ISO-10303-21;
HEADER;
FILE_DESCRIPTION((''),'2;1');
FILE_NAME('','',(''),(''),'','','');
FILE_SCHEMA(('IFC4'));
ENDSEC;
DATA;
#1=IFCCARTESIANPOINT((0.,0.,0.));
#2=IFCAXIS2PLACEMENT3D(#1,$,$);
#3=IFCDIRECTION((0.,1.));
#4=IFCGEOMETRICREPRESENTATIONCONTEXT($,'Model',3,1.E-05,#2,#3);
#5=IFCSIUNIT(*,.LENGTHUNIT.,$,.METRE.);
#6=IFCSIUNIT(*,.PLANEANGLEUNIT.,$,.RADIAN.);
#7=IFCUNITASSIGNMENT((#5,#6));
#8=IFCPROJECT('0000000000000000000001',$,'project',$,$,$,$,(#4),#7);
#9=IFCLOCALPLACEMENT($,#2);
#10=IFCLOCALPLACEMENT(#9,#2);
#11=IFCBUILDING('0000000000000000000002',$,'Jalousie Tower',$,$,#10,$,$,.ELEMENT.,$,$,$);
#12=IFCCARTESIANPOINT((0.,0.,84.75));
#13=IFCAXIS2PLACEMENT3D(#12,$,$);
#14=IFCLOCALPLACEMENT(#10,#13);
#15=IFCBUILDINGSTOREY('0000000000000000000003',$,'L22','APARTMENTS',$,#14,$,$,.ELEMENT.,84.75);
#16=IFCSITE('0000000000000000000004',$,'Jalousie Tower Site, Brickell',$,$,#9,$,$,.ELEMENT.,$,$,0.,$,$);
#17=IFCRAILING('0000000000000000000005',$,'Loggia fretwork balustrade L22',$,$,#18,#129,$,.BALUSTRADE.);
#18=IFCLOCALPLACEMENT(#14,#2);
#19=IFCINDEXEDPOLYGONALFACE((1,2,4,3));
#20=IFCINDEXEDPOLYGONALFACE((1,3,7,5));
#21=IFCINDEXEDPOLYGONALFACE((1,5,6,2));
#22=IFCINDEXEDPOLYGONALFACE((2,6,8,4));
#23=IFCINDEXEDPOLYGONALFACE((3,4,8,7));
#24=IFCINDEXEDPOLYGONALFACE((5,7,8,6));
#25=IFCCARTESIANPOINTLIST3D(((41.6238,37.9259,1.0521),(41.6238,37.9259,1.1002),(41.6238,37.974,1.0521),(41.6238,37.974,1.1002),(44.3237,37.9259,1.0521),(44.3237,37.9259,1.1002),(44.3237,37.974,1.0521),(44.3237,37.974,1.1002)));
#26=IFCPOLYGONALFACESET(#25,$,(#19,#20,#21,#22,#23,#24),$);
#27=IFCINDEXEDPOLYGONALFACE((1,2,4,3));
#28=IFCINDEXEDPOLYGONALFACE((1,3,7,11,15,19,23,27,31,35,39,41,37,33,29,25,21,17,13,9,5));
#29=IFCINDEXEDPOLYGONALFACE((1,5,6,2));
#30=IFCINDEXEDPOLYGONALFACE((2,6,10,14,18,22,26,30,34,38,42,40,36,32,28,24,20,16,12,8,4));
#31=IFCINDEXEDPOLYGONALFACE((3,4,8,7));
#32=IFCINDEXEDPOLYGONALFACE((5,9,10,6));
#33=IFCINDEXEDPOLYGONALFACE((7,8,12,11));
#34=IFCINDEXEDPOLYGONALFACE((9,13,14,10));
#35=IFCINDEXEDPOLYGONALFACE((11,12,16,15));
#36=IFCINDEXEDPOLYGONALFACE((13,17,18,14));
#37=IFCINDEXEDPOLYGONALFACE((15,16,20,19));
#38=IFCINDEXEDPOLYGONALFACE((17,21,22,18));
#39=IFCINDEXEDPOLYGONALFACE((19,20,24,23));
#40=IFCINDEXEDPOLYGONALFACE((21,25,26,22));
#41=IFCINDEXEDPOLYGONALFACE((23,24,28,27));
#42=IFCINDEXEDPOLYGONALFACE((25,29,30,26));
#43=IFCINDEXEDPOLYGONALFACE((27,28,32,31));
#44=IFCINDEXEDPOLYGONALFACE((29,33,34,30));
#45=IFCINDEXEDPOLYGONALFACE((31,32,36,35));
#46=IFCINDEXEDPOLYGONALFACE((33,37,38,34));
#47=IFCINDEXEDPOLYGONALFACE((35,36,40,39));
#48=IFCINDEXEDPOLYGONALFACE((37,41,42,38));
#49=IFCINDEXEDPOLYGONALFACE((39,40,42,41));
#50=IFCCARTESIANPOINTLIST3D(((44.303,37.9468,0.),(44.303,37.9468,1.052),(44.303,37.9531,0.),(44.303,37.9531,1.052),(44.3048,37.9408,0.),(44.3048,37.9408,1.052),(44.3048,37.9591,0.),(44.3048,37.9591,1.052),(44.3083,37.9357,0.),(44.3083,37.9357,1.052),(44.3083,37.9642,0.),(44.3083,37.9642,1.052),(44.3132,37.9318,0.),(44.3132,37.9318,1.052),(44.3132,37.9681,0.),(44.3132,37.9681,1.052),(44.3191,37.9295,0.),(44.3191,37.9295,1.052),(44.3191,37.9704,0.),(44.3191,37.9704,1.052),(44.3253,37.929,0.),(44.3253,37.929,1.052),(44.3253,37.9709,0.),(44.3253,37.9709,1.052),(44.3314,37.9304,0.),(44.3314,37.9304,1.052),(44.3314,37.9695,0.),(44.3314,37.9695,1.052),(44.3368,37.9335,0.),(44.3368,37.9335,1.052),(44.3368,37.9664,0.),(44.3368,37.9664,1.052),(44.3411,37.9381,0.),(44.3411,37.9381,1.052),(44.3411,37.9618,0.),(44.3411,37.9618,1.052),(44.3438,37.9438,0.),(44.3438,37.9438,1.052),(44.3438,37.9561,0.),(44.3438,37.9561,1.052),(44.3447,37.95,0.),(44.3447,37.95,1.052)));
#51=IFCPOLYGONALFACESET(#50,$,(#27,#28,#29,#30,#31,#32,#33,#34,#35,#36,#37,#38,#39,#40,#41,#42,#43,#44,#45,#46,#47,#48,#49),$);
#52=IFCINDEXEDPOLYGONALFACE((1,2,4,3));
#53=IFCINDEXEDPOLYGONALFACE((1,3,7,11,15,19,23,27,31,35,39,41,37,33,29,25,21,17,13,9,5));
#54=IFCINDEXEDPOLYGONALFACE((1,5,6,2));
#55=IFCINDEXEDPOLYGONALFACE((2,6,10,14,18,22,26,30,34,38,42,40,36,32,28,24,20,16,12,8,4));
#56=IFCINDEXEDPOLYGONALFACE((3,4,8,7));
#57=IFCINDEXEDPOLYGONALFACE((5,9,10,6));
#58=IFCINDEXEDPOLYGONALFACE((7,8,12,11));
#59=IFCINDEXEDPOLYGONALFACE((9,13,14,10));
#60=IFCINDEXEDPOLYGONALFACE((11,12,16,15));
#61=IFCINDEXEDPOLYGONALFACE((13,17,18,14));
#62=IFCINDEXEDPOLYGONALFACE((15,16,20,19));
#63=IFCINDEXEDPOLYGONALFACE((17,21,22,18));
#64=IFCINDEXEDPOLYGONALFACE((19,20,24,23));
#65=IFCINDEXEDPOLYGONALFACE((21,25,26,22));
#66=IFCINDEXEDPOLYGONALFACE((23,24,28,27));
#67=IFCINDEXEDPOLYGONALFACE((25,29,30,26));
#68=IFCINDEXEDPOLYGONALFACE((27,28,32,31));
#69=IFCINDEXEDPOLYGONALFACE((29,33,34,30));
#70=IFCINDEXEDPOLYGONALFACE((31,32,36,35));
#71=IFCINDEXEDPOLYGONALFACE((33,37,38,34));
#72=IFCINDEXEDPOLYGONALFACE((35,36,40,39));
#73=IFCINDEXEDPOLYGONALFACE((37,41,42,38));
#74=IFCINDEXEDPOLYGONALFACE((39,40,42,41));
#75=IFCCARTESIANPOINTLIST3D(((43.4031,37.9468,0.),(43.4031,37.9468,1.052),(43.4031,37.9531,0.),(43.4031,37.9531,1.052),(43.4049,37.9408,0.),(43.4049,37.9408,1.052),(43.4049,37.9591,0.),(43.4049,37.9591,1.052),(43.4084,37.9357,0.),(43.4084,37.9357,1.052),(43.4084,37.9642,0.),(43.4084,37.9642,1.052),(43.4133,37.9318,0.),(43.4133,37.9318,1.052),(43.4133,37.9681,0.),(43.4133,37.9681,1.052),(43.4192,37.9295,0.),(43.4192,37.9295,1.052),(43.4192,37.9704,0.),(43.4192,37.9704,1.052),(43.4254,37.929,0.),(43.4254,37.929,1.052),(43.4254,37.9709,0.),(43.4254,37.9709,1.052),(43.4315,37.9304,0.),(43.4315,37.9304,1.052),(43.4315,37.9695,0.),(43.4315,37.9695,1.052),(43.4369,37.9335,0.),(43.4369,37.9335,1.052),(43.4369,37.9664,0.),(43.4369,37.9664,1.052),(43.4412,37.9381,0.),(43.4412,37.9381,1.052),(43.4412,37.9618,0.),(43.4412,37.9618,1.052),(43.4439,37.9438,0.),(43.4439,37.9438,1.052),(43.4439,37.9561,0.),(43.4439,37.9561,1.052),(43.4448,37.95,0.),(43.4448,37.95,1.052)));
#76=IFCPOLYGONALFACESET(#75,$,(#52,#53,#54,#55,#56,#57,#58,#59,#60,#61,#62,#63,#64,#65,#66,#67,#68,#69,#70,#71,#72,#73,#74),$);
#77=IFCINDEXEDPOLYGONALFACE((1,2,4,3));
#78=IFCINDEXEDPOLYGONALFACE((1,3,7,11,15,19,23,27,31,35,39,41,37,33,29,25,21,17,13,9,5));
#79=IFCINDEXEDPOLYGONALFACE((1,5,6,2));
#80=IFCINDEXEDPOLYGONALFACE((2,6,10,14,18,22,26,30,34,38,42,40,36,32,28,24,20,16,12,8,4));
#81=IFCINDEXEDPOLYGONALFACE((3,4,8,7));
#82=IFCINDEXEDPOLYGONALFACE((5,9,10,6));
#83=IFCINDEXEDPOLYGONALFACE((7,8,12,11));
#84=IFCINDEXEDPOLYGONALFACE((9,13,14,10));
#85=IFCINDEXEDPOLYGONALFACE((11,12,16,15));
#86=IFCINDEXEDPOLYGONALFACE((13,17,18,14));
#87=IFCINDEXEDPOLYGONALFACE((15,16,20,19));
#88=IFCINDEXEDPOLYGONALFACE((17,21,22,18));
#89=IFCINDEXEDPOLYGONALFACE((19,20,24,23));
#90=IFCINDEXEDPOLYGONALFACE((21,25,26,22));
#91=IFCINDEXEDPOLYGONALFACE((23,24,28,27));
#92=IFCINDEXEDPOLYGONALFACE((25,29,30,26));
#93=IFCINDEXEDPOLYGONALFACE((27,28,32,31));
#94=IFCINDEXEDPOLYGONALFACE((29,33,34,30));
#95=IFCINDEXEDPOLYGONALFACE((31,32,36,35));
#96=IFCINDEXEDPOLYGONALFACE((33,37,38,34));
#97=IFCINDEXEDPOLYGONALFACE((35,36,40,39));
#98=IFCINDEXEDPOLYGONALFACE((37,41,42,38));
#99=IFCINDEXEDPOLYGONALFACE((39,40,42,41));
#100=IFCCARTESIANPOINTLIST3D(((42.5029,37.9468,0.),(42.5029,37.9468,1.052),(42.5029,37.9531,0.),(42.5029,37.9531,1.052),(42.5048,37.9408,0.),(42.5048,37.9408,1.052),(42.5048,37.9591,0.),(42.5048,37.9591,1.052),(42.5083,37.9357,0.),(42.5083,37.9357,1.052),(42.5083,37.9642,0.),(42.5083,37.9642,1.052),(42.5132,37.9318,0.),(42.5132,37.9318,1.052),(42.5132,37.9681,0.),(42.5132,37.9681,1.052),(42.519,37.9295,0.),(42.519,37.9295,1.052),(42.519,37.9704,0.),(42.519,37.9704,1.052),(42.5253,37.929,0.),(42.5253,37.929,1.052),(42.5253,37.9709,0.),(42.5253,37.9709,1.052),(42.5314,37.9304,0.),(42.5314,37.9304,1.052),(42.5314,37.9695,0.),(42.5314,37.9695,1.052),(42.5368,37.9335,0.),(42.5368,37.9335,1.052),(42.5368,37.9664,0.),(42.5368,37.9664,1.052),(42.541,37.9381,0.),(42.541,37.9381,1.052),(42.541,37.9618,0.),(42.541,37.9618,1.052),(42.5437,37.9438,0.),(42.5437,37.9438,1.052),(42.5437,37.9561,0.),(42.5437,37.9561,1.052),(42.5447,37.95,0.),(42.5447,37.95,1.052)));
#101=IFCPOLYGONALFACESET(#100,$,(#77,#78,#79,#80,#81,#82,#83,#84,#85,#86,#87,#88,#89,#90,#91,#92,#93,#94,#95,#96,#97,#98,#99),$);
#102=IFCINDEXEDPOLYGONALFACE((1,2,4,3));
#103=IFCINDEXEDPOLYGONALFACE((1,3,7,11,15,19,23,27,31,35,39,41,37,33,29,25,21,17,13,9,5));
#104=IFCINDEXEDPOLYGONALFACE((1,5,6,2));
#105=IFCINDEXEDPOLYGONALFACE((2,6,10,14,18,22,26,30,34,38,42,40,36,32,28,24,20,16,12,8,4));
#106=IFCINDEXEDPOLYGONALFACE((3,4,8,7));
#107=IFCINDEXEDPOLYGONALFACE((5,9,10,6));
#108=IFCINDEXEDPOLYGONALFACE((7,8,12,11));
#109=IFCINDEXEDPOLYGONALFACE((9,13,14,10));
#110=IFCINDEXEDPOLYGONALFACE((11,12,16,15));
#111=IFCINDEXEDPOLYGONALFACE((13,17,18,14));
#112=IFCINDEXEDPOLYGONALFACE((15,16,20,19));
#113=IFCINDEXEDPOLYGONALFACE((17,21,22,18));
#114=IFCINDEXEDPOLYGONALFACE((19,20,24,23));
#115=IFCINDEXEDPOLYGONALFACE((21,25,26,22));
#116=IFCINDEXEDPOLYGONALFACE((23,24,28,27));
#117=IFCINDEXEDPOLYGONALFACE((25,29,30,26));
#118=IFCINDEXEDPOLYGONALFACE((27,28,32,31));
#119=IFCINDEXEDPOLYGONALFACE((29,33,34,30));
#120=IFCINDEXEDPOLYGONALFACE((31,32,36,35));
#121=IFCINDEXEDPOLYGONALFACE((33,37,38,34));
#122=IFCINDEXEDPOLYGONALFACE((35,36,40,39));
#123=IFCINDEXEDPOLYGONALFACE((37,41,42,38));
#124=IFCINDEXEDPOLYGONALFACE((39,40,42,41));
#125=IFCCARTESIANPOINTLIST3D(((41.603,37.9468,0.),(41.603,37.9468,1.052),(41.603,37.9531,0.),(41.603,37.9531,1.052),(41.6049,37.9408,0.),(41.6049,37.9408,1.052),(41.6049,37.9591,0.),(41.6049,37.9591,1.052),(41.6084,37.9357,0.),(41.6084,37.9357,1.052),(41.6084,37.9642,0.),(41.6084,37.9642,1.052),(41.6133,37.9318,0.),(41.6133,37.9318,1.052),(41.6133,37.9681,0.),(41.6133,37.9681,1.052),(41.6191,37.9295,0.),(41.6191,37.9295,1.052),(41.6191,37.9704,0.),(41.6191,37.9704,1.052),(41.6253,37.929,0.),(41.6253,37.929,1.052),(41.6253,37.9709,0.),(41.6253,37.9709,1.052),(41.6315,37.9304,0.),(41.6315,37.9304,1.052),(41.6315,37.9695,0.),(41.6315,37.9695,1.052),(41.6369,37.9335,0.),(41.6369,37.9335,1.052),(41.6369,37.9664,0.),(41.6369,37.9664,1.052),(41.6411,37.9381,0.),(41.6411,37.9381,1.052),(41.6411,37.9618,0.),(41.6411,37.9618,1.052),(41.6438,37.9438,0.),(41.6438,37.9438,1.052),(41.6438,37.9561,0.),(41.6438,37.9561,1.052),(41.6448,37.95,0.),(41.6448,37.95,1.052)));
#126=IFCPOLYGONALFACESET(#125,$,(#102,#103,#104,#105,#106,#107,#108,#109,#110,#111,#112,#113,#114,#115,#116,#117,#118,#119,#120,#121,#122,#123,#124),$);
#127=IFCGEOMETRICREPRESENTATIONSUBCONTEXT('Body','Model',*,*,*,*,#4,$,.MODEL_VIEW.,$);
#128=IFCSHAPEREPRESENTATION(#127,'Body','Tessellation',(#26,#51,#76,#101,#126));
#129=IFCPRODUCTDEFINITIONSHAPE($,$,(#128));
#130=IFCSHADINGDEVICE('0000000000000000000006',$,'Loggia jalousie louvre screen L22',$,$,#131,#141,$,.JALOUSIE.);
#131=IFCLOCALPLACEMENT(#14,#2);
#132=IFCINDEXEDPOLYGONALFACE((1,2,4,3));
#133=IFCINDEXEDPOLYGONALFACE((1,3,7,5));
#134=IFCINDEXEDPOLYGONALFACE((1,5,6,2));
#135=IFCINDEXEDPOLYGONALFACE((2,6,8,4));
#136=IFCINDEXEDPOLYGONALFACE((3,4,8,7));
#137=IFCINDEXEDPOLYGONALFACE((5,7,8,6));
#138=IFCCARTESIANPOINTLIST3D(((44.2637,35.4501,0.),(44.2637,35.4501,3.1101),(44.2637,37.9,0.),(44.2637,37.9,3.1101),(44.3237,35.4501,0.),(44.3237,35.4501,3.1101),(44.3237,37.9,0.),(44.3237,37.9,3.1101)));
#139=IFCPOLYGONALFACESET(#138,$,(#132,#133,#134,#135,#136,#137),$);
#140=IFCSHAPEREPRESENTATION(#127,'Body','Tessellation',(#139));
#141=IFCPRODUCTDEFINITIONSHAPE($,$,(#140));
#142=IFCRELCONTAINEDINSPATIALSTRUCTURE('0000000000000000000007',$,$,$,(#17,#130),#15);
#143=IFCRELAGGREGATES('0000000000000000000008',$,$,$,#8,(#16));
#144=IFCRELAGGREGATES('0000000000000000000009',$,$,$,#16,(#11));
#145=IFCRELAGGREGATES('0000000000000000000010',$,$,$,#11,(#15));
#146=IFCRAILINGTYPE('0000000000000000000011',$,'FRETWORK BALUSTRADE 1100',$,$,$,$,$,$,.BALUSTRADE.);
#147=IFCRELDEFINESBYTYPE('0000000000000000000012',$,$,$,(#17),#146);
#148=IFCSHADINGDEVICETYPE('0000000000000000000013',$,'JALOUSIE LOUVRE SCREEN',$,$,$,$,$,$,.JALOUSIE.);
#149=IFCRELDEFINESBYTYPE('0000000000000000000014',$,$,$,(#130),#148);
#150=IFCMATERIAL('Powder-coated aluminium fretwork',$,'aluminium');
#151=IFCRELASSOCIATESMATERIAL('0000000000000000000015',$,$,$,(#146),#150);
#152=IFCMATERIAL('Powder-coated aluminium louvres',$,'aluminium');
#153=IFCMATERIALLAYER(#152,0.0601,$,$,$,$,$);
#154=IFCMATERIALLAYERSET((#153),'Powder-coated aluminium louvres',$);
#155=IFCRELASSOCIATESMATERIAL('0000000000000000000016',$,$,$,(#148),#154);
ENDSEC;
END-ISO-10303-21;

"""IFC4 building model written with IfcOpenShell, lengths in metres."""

from ifc_helpers import new_model, si_unit, direction, frame, origin, origin_2d, place, context, subcontext, project, spatial, rectangle, circle, extrude, material, layer, layer_set, type_object, element, save


model = new_model("IFC4")

# Units and contexts
model_context = context("Model", 3, precision=1e-05, world=origin(), true_north=direction((0.0, 1.0)))
body_context = subcontext(model_context, "Body", "Model", "MODEL_VIEW")
ifc_project = project(units=[si_unit("LENGTHUNIT", "METRE"), si_unit("PLANEANGLEUNIT", "RADIAN")], contexts=[model_context])

# Site, building, storey
site_placement = place(None, origin())
site = spatial("IfcSite", under=ifc_project, at=site_placement, Name="Jalousie Tower Site, Brickell", CompositionType="ELEMENT", RefElevation=0.0)
building_placement = place(site_placement, origin())
building = spatial("IfcBuilding", under=site, at=building_placement, Name="Jalousie Tower", CompositionType="ELEMENT")
storey_placement = place(building_placement, frame((0.0, 0.0, 84.75)))
storey = spatial("IfcBuildingStorey", under=building, at=storey_placement, Name="L22", Description="APARTMENTS", CompositionType="ELEMENT", Elevation=84.75)

# Railing
ifc_material_1 = material(Name="Powder-coated aluminium fretwork", Category="aluminium")
railing_type = type_object("IfcRailingType", Name="FRETWORK BALUSTRADE 1100", PredefinedType="BALUSTRADE", material=ifc_material_1)
railing_placement = place(storey_placement, frame((44.3237, 37.95, 0.0)))
element("IfcRailing", 1, at=railing_placement, inside=storey, type_object=railing_type, Name="Loggia fretwork balustrade L22", PredefinedType="BALUSTRADE", context=body_context, shape_type="SweptSolid", body=[
    extrude(rectangle(XDim=0.0481, YDim=0.0481, at=origin_2d()), frame((0.0, 0.0, 1.0762), z_axis=(-1.0, 0.0, 0.0), x_axis=(0.0, -1.0, 0.0)), (0.0, 0.0, 1.0), 2.7),
    extrude(circle(Radius=0.021, at=origin_2d()), origin(), (0.0, 0.0, 1.0), 1.052),
    extrude(circle(Radius=0.021, at=origin_2d()), frame((-0.8999, 0.0, 0.0)), (0.0, 0.0, 1.0), 1.052),
    extrude(circle(Radius=0.021, at=origin_2d()), frame((-1.8, 0.0, 0.0)), (0.0, 0.0, 1.0), 1.052),
    extrude(circle(Radius=0.021, at=origin_2d()), frame((-2.7, 0.0, 0.0)), (0.0, 0.0, 1.0), 1.052),
])

# Shading device
ifc_material_2 = material(Name="Powder-coated aluminium louvres", Category="aluminium")
ifc_layer_1 = layer(ifc_material_2, 0.0601)
ifc_layer_set_1 = layer_set([ifc_layer_1], Name="Powder-coated aluminium louvres")
shading_device_type_1 = type_object("IfcShadingDeviceType", Name="JALOUSIE LOUVRE SCREEN", PredefinedType="JALOUSIE", material=ifc_layer_set_1)
shading_device_placement = place(storey_placement, frame((44.2937, 36.675, 0.0), z_axis=(0.0, 0.0, 1.0), x_axis=(-1.0, 0.0, 0.0)))
element("IfcShadingDevice", 2, at=shading_device_placement, inside=storey, type_object=shading_device_type_1, Name="Loggia jalousie louvre screen L22", PredefinedType="JALOUSIE", context=body_context, shape_type="SweptSolid", body=[
    extrude(rectangle(XDim=0.0601, YDim=2.45, at=origin_2d()), origin(), (0.0, 0.0, 1.0), 3.1101),
])

save(model, "model.ifc")
